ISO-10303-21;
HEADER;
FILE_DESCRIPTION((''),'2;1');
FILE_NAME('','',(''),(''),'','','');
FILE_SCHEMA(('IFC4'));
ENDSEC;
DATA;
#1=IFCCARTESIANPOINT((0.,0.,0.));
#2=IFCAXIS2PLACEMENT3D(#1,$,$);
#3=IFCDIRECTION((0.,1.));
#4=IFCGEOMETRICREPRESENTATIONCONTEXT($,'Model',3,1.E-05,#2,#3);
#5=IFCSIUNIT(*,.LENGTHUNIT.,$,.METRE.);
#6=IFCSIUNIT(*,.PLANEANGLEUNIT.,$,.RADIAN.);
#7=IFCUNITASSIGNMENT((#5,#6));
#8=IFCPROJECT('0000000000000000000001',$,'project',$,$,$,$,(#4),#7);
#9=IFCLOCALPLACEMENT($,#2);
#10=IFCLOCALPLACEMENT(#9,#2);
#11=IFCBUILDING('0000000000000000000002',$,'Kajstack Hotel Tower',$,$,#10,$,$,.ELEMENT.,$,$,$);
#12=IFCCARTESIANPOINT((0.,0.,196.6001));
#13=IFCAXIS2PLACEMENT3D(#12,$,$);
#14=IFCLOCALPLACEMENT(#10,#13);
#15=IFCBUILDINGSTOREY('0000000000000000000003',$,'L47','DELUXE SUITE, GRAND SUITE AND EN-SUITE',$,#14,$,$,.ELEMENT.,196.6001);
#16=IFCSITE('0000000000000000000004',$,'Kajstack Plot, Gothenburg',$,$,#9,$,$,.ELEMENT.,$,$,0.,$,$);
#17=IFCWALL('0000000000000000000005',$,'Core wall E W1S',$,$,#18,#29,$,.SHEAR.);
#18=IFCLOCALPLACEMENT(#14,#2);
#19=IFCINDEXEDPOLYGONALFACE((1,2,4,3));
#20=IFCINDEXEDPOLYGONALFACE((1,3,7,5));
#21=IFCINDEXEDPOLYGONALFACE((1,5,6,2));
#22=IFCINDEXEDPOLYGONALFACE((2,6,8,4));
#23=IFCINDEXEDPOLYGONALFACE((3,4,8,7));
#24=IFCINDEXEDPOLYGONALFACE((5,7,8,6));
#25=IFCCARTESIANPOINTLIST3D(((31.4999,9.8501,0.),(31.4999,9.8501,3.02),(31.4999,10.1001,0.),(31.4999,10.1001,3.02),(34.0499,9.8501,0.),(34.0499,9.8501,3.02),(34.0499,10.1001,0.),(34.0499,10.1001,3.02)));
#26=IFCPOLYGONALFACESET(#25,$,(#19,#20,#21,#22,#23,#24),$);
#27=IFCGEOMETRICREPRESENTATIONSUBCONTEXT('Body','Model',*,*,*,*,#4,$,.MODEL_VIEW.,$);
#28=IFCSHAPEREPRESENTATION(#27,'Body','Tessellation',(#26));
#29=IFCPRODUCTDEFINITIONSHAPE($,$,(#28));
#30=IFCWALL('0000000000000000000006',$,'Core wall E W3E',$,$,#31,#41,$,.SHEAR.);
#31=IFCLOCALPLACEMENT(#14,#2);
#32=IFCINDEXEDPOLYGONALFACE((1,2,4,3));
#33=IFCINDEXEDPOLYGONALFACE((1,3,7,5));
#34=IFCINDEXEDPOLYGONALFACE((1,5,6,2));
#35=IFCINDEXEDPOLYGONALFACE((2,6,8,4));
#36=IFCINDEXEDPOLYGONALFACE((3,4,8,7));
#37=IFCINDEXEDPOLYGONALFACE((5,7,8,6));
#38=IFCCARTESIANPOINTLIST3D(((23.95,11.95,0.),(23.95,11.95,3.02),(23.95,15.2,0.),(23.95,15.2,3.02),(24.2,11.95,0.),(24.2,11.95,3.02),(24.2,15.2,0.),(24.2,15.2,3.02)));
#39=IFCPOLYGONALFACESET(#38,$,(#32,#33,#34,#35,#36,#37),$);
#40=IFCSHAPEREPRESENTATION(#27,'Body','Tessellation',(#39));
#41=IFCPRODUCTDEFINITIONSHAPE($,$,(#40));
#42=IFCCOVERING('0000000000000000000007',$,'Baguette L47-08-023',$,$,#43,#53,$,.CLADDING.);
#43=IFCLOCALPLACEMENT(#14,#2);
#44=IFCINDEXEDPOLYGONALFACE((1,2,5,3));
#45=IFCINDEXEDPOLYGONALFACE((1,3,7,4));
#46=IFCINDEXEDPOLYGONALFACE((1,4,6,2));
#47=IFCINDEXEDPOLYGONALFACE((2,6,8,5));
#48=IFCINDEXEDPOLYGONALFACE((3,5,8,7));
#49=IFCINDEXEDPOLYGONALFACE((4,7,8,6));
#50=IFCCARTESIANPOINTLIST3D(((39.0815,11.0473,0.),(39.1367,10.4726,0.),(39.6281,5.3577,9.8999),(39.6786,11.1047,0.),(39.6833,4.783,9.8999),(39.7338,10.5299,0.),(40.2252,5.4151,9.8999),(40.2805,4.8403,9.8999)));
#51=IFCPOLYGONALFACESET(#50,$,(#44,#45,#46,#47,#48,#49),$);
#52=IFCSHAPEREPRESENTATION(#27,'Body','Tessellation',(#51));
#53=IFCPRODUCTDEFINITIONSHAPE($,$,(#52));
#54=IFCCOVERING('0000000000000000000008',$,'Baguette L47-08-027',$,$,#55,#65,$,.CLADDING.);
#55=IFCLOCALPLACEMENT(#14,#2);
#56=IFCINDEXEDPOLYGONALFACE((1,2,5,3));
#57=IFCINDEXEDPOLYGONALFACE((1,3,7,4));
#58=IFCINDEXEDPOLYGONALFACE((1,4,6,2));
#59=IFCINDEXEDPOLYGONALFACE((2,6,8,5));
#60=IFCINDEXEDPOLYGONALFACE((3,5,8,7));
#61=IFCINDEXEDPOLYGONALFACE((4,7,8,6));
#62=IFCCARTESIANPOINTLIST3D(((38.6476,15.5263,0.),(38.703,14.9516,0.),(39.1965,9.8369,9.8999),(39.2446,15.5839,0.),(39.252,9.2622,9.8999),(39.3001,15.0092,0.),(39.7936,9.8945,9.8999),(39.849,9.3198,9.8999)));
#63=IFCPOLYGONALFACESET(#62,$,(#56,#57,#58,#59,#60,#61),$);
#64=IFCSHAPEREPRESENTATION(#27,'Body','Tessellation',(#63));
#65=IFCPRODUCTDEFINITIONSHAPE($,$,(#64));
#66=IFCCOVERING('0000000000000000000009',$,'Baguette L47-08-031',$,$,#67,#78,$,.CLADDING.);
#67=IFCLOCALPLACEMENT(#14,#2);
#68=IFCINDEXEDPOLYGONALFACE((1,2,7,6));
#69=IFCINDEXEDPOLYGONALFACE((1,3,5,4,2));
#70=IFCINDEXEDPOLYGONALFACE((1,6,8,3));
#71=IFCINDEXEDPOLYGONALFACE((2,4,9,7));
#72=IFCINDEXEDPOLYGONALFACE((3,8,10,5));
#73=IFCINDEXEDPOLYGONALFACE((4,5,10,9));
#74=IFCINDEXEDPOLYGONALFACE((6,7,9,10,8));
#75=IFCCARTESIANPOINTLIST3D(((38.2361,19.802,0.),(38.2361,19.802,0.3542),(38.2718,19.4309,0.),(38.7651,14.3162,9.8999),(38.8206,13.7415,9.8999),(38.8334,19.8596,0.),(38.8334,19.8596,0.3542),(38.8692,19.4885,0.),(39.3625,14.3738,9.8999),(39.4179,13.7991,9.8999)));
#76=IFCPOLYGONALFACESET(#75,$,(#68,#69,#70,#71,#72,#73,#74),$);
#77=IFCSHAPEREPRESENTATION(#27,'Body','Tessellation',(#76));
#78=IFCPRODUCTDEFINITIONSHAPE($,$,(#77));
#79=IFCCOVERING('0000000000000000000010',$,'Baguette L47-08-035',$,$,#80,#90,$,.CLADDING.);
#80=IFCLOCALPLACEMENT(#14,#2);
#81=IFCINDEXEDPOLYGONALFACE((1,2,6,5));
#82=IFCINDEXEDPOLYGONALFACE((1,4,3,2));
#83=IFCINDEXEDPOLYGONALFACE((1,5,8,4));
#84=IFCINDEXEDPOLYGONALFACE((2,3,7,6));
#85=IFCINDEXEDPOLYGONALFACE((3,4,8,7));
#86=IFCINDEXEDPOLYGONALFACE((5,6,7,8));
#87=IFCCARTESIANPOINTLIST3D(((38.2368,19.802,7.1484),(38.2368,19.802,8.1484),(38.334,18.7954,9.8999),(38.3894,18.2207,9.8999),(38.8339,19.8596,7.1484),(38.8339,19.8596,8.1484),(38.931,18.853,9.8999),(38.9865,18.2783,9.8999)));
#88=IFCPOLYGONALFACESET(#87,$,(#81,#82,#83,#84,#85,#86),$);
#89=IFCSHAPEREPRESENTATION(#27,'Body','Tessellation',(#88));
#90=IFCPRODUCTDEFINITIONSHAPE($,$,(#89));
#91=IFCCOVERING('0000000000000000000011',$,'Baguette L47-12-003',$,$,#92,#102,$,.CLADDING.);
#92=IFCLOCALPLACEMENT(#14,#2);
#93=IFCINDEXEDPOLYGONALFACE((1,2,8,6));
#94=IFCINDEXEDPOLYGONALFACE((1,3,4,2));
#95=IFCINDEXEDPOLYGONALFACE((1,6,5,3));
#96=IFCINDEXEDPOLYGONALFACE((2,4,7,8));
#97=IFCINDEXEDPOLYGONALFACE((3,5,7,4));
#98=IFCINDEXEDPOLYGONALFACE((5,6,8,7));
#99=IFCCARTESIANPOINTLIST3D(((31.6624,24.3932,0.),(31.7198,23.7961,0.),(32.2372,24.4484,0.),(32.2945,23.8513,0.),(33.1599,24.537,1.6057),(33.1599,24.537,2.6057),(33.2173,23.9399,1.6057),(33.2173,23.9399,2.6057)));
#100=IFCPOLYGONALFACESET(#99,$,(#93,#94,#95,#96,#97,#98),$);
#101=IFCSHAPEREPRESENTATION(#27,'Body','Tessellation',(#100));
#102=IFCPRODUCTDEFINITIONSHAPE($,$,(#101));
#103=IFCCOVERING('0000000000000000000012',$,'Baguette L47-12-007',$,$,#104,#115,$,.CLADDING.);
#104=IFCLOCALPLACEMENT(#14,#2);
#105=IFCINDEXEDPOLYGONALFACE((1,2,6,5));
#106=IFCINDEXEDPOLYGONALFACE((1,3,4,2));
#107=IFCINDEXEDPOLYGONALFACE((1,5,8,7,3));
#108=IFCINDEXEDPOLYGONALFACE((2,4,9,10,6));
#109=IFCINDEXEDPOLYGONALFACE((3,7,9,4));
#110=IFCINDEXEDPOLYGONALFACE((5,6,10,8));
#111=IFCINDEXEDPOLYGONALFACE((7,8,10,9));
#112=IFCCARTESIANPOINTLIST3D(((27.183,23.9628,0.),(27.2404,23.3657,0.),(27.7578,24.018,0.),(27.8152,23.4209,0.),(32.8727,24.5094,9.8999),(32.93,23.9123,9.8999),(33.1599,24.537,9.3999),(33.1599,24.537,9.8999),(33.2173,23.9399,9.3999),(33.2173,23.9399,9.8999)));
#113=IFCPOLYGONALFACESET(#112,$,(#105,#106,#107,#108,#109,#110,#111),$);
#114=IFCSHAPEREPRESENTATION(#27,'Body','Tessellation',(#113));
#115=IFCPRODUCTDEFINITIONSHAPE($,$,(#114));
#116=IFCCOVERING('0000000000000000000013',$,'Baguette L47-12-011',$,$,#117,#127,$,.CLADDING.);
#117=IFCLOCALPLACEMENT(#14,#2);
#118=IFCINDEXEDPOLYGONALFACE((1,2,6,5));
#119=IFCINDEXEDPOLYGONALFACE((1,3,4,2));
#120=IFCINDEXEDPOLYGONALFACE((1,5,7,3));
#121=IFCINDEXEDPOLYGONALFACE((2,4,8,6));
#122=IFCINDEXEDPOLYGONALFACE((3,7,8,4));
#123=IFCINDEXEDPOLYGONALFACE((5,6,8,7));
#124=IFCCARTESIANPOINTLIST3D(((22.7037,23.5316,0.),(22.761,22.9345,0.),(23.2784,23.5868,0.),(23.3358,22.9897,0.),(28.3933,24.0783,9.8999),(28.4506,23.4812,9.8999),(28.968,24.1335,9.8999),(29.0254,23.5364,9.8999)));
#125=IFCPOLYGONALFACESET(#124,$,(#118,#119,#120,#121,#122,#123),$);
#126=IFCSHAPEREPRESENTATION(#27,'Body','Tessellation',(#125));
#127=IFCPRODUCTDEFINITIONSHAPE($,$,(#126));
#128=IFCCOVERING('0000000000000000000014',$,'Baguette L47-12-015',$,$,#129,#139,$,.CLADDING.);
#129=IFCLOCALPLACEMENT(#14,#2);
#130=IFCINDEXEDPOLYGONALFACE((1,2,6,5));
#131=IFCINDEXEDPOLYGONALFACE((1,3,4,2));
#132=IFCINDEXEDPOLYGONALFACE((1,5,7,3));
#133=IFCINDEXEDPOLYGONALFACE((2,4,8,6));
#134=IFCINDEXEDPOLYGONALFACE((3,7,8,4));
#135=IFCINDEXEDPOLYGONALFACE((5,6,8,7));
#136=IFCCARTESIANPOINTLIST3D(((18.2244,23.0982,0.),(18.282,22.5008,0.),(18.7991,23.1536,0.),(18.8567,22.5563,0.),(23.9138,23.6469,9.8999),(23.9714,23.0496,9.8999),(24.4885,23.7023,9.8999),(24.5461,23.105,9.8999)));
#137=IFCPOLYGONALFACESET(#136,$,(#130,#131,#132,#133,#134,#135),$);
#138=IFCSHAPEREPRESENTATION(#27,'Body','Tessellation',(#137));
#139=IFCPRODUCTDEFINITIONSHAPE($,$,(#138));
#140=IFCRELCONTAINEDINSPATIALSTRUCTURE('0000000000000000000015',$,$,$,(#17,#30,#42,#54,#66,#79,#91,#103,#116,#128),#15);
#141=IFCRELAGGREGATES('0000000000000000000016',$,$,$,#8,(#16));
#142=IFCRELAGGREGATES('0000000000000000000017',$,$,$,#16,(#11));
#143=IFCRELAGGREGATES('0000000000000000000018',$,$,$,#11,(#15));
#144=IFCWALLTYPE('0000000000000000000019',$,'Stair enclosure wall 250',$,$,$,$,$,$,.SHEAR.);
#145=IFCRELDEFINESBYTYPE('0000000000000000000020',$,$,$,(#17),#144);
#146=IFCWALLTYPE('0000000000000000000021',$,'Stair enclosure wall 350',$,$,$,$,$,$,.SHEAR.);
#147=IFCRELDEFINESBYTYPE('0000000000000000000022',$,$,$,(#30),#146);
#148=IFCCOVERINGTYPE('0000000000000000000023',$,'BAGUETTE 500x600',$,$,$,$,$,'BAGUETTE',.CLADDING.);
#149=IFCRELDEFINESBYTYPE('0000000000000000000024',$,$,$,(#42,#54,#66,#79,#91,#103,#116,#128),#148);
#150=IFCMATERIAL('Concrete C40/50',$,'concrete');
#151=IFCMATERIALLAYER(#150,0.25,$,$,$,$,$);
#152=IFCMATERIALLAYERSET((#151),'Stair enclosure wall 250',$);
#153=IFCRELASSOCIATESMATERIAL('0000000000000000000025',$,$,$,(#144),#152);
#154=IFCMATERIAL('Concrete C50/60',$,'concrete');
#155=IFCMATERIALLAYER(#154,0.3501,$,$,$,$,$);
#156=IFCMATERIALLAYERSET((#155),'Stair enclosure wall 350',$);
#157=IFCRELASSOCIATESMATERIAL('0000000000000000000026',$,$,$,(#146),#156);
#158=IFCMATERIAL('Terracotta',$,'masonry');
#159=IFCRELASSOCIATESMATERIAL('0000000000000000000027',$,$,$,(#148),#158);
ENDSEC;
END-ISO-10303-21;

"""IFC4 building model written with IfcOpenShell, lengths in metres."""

from ifc_helpers import new_model, si_unit, direction, frame, frame_2d, origin, origin_2d, place, context, subcontext, project, spatial, polyline, rectangle, outline, extrude, material, layer, layer_set, material_profile, profile_set, type_object, element, save


model = new_model("IFC4")

# Units and contexts
model_context = context("Model", 3, precision=1e-05, world=origin(), true_north=direction((0.0, 1.0)))
body_context = subcontext(model_context, "Body", "Model", "MODEL_VIEW")
ifc_project = project(units=[si_unit("LENGTHUNIT", "METRE"), si_unit("PLANEANGLEUNIT", "RADIAN")], contexts=[model_context])

# Site, building, storey
site_placement = place(None, origin())
site = spatial("IfcSite", under=ifc_project, at=site_placement, Name="Kajstack Plot, Gothenburg", CompositionType="ELEMENT", RefElevation=0.0)
building_placement = place(site_placement, origin())
building = spatial("IfcBuilding", under=site, at=building_placement, Name="Kajstack Hotel Tower", CompositionType="ELEMENT")
storey_placement = place(building_placement, frame((0.0, 0.0, 196.6001)))
storey = spatial("IfcBuildingStorey", under=building, at=storey_placement, Name="L47", Description="DELUXE SUITE, GRAND SUITE AND EN-SUITE", CompositionType="ELEMENT", Elevation=196.6001)

# Shared definitions
ifc_material_1 = material(Name="Concrete C40/50", Category="concrete")
ifc_material_2 = material(Name="Concrete C50/60", Category="concrete")

# Shared definitions
ifc_layer_1 = layer(ifc_material_1, 0.25)
ifc_layer_set_1 = layer_set([ifc_layer_1], Name="Stair enclosure wall 250")
wall_type_1 = type_object("IfcWallType", Name="Stair enclosure wall 250", PredefinedType="SHEAR", material=ifc_layer_set_1)

# Walls
wall_1_placement = place(storey_placement, frame((31.5, 9.9751, 0.0), z_axis=(0.0, 0.0, 1.0), x_axis=(1.0, 0.0, 0.0)))
element("IfcWall", 1, at=wall_1_placement, inside=storey, type_object=wall_type_1, Name="Core wall E W1S", PredefinedType="SHEAR", context=body_context, shape_type="SweptSolid", body=[
    extrude(rectangle(XDim=2.55, YDim=0.25, at=frame_2d((1.2749, 0.0))), origin(), (0.0, 0.0, 1.0), 3.02),
])
ifc_layer_2 = layer(ifc_material_2, 0.3501)
ifc_layer_set_2 = layer_set([ifc_layer_2], Name="Stair enclosure wall 350")
wall_type_2 = type_object("IfcWallType", Name="Stair enclosure wall 350", PredefinedType="SHEAR", material=ifc_layer_set_2)
wall_2_placement = place(storey_placement, frame((24.075, 11.95, 0.0), z_axis=(0.0, 0.0, 1.0), x_axis=(0.0, 1.0, 0.0)))
element("IfcWall", 2, at=wall_2_placement, inside=storey, type_object=wall_type_2, Name="Core wall E W3E", PredefinedType="SHEAR", context=body_context, shape_type="SweptSolid", body=[
    extrude(rectangle(XDim=3.25, YDim=0.25, at=frame_2d((1.625, 0.0))), origin(), (0.0, 0.0, 1.0), 3.02),
])

# Coverings
ifc_material_3 = material(Name="Terracotta", Category="masonry")
ifc_material_profile = material_profile(ifc_material_3, rectangle(XDim=0.6001, YDim=0.5, at=origin_2d()), Name="Terracotta-clad concrete baguette 500 x 600")
ifc_profile_set = profile_set([ifc_material_profile], Name="Terracotta")
covering_type = type_object("IfcCoveringType", Name="BAGUETTE 500x600", ElementType="BAGUETTE", PredefinedType="CLADDING", material=ifc_profile_set)
for number, where, z_axis, x_axis, name in (
    (3, (39.6833, 4.783, 0.0), (0.995416, 0.095635, 0.0), (-0.095635, 0.995416, 0.0), "Baguette L47-08-023"),
    (4, (39.252, 9.2622, 0.0), (0.995378, 0.096038, 0.0), (-0.096038, 0.995378, 0.0), "Baguette L47-08-027"),
):
    element("IfcCovering", number, at=place(storey_placement, frame(where, z_axis=z_axis, x_axis=x_axis)), inside=storey, type_object=covering_type, Name=name, PredefinedType="CLADDING", context=body_context, shape_type="SweptSolid", body=[
        extrude(outline(polyline([(0.0, 9.8999), (5.7158, 0.0), (6.2932, 0.0), (0.5774, 9.8999), (0.0, 9.8999)])), origin(), (0.0, 0.0, 1.0), 0.5999),
    ])
covering_1_placement = place(storey_placement, frame((38.8206, 13.7415, 0.0), z_axis=(0.995381, 0.095999, 0.0), x_axis=(-0.095999, 0.995381, 0.0)))
element("IfcCovering", 5, at=covering_1_placement, inside=storey, type_object=covering_type, Name="Baguette L47-08-031", PredefinedType="CLADDING", context=body_context, shape_type="SweptSolid", body=[
    extrude(outline(polyline([(5.7158, 0.0), (6.0886, 0.0), (6.0886, 0.3542), (0.5774, 9.8999), (0.0, 9.8999), (5.7158, 0.0)])), origin(), (0.0, 0.0, 1.0), 0.6001),
])
covering_2_placement = place(storey_placement, frame((38.3894, 18.2207, 0.0), z_axis=(0.995378, 0.096038, 0.0), x_axis=(-0.096038, 0.995378, 0.0)))
element("IfcCovering", 6, at=covering_2_placement, inside=storey, type_object=covering_type, Name="Baguette L47-08-035", PredefinedType="CLADDING", context=body_context, shape_type="SweptSolid", body=[
    extrude(outline(polyline([(0.0, 9.8999), (1.5886, 7.1484), (1.5886, 8.1484), (0.5774, 9.8999), (0.0, 9.8999)])), origin(), (0.0, 0.0, 1.0), 0.5999),
])
covering_3_placement = place(storey_placement, frame((33.2173, 23.9399, 0.0), z_axis=(-0.095635, 0.995416, 0.0), x_axis=(-0.995416, -0.095635, 0.0)))
element("IfcCovering", 7, at=covering_3_placement, inside=storey, type_object=covering_type, Name="Baguette L47-12-003", PredefinedType="CLADDING", context=body_context, shape_type="SweptSolid", body=[
    extrude(outline(polyline([(1.5044, 0.0), (0.0, 2.6057), (0.0, 1.6057), (0.927, 0.0), (1.5044, 0.0)])), origin(), (0.0, 0.0, 1.0), 0.5999),
])
covering_4_placement = place(storey_placement, frame((33.2173, 23.9399, 0.0), z_axis=(-0.095635, 0.995416, 0.0), x_axis=(-0.995416, -0.095635, 0.0)))
element("IfcCovering", 8, at=covering_4_placement, inside=storey, type_object=covering_type, Name="Baguette L47-12-007", PredefinedType="CLADDING", context=body_context, shape_type="SweptSolid", body=[
    extrude(outline(polyline([(0.2886, 9.8999), (0.0, 9.8999), (0.0, 9.3999), (5.427, 0.0), (6.0044, 0.0), (0.2886, 9.8999)])), origin(), (0.0, 0.0, 1.0), 0.5999),
])
covering_5_placement = place(storey_placement, frame((29.0254, 23.5364, 0.0), z_axis=(-0.095635, 0.995416, 0.0), x_axis=(-0.995416, -0.095635, 0.0)))
element("IfcCovering", 9, at=covering_5_placement, inside=storey, type_object=covering_type, Name="Baguette L47-12-011", PredefinedType="CLADDING", context=body_context, shape_type="SweptSolid", body=[
    extrude(outline(polyline([(0.0, 9.8999), (5.7158, 0.0), (6.2932, 0.0), (0.5774, 9.8999), (0.0, 9.8999)])), origin(), (0.0, 0.0, 1.0), 0.5999),
])
covering_6_placement = place(storey_placement, frame((24.5461, 23.105, 0.0), z_axis=(-0.095999, 0.995381, 0.0), x_axis=(-0.995381, -0.095999, 0.0)))
element("IfcCovering", 10, at=covering_6_placement, inside=storey, type_object=covering_type, Name="Baguette L47-12-015", PredefinedType="CLADDING", context=body_context, shape_type="SweptSolid", body=[
    extrude(outline(polyline([(0.0, 9.8999), (5.7158, 0.0), (6.2932, 0.0), (0.5774, 9.8999), (0.0, 9.8999)])), origin(), (0.0, 0.0, 1.0), 0.6001),
])

save(model, "model.ifc")
